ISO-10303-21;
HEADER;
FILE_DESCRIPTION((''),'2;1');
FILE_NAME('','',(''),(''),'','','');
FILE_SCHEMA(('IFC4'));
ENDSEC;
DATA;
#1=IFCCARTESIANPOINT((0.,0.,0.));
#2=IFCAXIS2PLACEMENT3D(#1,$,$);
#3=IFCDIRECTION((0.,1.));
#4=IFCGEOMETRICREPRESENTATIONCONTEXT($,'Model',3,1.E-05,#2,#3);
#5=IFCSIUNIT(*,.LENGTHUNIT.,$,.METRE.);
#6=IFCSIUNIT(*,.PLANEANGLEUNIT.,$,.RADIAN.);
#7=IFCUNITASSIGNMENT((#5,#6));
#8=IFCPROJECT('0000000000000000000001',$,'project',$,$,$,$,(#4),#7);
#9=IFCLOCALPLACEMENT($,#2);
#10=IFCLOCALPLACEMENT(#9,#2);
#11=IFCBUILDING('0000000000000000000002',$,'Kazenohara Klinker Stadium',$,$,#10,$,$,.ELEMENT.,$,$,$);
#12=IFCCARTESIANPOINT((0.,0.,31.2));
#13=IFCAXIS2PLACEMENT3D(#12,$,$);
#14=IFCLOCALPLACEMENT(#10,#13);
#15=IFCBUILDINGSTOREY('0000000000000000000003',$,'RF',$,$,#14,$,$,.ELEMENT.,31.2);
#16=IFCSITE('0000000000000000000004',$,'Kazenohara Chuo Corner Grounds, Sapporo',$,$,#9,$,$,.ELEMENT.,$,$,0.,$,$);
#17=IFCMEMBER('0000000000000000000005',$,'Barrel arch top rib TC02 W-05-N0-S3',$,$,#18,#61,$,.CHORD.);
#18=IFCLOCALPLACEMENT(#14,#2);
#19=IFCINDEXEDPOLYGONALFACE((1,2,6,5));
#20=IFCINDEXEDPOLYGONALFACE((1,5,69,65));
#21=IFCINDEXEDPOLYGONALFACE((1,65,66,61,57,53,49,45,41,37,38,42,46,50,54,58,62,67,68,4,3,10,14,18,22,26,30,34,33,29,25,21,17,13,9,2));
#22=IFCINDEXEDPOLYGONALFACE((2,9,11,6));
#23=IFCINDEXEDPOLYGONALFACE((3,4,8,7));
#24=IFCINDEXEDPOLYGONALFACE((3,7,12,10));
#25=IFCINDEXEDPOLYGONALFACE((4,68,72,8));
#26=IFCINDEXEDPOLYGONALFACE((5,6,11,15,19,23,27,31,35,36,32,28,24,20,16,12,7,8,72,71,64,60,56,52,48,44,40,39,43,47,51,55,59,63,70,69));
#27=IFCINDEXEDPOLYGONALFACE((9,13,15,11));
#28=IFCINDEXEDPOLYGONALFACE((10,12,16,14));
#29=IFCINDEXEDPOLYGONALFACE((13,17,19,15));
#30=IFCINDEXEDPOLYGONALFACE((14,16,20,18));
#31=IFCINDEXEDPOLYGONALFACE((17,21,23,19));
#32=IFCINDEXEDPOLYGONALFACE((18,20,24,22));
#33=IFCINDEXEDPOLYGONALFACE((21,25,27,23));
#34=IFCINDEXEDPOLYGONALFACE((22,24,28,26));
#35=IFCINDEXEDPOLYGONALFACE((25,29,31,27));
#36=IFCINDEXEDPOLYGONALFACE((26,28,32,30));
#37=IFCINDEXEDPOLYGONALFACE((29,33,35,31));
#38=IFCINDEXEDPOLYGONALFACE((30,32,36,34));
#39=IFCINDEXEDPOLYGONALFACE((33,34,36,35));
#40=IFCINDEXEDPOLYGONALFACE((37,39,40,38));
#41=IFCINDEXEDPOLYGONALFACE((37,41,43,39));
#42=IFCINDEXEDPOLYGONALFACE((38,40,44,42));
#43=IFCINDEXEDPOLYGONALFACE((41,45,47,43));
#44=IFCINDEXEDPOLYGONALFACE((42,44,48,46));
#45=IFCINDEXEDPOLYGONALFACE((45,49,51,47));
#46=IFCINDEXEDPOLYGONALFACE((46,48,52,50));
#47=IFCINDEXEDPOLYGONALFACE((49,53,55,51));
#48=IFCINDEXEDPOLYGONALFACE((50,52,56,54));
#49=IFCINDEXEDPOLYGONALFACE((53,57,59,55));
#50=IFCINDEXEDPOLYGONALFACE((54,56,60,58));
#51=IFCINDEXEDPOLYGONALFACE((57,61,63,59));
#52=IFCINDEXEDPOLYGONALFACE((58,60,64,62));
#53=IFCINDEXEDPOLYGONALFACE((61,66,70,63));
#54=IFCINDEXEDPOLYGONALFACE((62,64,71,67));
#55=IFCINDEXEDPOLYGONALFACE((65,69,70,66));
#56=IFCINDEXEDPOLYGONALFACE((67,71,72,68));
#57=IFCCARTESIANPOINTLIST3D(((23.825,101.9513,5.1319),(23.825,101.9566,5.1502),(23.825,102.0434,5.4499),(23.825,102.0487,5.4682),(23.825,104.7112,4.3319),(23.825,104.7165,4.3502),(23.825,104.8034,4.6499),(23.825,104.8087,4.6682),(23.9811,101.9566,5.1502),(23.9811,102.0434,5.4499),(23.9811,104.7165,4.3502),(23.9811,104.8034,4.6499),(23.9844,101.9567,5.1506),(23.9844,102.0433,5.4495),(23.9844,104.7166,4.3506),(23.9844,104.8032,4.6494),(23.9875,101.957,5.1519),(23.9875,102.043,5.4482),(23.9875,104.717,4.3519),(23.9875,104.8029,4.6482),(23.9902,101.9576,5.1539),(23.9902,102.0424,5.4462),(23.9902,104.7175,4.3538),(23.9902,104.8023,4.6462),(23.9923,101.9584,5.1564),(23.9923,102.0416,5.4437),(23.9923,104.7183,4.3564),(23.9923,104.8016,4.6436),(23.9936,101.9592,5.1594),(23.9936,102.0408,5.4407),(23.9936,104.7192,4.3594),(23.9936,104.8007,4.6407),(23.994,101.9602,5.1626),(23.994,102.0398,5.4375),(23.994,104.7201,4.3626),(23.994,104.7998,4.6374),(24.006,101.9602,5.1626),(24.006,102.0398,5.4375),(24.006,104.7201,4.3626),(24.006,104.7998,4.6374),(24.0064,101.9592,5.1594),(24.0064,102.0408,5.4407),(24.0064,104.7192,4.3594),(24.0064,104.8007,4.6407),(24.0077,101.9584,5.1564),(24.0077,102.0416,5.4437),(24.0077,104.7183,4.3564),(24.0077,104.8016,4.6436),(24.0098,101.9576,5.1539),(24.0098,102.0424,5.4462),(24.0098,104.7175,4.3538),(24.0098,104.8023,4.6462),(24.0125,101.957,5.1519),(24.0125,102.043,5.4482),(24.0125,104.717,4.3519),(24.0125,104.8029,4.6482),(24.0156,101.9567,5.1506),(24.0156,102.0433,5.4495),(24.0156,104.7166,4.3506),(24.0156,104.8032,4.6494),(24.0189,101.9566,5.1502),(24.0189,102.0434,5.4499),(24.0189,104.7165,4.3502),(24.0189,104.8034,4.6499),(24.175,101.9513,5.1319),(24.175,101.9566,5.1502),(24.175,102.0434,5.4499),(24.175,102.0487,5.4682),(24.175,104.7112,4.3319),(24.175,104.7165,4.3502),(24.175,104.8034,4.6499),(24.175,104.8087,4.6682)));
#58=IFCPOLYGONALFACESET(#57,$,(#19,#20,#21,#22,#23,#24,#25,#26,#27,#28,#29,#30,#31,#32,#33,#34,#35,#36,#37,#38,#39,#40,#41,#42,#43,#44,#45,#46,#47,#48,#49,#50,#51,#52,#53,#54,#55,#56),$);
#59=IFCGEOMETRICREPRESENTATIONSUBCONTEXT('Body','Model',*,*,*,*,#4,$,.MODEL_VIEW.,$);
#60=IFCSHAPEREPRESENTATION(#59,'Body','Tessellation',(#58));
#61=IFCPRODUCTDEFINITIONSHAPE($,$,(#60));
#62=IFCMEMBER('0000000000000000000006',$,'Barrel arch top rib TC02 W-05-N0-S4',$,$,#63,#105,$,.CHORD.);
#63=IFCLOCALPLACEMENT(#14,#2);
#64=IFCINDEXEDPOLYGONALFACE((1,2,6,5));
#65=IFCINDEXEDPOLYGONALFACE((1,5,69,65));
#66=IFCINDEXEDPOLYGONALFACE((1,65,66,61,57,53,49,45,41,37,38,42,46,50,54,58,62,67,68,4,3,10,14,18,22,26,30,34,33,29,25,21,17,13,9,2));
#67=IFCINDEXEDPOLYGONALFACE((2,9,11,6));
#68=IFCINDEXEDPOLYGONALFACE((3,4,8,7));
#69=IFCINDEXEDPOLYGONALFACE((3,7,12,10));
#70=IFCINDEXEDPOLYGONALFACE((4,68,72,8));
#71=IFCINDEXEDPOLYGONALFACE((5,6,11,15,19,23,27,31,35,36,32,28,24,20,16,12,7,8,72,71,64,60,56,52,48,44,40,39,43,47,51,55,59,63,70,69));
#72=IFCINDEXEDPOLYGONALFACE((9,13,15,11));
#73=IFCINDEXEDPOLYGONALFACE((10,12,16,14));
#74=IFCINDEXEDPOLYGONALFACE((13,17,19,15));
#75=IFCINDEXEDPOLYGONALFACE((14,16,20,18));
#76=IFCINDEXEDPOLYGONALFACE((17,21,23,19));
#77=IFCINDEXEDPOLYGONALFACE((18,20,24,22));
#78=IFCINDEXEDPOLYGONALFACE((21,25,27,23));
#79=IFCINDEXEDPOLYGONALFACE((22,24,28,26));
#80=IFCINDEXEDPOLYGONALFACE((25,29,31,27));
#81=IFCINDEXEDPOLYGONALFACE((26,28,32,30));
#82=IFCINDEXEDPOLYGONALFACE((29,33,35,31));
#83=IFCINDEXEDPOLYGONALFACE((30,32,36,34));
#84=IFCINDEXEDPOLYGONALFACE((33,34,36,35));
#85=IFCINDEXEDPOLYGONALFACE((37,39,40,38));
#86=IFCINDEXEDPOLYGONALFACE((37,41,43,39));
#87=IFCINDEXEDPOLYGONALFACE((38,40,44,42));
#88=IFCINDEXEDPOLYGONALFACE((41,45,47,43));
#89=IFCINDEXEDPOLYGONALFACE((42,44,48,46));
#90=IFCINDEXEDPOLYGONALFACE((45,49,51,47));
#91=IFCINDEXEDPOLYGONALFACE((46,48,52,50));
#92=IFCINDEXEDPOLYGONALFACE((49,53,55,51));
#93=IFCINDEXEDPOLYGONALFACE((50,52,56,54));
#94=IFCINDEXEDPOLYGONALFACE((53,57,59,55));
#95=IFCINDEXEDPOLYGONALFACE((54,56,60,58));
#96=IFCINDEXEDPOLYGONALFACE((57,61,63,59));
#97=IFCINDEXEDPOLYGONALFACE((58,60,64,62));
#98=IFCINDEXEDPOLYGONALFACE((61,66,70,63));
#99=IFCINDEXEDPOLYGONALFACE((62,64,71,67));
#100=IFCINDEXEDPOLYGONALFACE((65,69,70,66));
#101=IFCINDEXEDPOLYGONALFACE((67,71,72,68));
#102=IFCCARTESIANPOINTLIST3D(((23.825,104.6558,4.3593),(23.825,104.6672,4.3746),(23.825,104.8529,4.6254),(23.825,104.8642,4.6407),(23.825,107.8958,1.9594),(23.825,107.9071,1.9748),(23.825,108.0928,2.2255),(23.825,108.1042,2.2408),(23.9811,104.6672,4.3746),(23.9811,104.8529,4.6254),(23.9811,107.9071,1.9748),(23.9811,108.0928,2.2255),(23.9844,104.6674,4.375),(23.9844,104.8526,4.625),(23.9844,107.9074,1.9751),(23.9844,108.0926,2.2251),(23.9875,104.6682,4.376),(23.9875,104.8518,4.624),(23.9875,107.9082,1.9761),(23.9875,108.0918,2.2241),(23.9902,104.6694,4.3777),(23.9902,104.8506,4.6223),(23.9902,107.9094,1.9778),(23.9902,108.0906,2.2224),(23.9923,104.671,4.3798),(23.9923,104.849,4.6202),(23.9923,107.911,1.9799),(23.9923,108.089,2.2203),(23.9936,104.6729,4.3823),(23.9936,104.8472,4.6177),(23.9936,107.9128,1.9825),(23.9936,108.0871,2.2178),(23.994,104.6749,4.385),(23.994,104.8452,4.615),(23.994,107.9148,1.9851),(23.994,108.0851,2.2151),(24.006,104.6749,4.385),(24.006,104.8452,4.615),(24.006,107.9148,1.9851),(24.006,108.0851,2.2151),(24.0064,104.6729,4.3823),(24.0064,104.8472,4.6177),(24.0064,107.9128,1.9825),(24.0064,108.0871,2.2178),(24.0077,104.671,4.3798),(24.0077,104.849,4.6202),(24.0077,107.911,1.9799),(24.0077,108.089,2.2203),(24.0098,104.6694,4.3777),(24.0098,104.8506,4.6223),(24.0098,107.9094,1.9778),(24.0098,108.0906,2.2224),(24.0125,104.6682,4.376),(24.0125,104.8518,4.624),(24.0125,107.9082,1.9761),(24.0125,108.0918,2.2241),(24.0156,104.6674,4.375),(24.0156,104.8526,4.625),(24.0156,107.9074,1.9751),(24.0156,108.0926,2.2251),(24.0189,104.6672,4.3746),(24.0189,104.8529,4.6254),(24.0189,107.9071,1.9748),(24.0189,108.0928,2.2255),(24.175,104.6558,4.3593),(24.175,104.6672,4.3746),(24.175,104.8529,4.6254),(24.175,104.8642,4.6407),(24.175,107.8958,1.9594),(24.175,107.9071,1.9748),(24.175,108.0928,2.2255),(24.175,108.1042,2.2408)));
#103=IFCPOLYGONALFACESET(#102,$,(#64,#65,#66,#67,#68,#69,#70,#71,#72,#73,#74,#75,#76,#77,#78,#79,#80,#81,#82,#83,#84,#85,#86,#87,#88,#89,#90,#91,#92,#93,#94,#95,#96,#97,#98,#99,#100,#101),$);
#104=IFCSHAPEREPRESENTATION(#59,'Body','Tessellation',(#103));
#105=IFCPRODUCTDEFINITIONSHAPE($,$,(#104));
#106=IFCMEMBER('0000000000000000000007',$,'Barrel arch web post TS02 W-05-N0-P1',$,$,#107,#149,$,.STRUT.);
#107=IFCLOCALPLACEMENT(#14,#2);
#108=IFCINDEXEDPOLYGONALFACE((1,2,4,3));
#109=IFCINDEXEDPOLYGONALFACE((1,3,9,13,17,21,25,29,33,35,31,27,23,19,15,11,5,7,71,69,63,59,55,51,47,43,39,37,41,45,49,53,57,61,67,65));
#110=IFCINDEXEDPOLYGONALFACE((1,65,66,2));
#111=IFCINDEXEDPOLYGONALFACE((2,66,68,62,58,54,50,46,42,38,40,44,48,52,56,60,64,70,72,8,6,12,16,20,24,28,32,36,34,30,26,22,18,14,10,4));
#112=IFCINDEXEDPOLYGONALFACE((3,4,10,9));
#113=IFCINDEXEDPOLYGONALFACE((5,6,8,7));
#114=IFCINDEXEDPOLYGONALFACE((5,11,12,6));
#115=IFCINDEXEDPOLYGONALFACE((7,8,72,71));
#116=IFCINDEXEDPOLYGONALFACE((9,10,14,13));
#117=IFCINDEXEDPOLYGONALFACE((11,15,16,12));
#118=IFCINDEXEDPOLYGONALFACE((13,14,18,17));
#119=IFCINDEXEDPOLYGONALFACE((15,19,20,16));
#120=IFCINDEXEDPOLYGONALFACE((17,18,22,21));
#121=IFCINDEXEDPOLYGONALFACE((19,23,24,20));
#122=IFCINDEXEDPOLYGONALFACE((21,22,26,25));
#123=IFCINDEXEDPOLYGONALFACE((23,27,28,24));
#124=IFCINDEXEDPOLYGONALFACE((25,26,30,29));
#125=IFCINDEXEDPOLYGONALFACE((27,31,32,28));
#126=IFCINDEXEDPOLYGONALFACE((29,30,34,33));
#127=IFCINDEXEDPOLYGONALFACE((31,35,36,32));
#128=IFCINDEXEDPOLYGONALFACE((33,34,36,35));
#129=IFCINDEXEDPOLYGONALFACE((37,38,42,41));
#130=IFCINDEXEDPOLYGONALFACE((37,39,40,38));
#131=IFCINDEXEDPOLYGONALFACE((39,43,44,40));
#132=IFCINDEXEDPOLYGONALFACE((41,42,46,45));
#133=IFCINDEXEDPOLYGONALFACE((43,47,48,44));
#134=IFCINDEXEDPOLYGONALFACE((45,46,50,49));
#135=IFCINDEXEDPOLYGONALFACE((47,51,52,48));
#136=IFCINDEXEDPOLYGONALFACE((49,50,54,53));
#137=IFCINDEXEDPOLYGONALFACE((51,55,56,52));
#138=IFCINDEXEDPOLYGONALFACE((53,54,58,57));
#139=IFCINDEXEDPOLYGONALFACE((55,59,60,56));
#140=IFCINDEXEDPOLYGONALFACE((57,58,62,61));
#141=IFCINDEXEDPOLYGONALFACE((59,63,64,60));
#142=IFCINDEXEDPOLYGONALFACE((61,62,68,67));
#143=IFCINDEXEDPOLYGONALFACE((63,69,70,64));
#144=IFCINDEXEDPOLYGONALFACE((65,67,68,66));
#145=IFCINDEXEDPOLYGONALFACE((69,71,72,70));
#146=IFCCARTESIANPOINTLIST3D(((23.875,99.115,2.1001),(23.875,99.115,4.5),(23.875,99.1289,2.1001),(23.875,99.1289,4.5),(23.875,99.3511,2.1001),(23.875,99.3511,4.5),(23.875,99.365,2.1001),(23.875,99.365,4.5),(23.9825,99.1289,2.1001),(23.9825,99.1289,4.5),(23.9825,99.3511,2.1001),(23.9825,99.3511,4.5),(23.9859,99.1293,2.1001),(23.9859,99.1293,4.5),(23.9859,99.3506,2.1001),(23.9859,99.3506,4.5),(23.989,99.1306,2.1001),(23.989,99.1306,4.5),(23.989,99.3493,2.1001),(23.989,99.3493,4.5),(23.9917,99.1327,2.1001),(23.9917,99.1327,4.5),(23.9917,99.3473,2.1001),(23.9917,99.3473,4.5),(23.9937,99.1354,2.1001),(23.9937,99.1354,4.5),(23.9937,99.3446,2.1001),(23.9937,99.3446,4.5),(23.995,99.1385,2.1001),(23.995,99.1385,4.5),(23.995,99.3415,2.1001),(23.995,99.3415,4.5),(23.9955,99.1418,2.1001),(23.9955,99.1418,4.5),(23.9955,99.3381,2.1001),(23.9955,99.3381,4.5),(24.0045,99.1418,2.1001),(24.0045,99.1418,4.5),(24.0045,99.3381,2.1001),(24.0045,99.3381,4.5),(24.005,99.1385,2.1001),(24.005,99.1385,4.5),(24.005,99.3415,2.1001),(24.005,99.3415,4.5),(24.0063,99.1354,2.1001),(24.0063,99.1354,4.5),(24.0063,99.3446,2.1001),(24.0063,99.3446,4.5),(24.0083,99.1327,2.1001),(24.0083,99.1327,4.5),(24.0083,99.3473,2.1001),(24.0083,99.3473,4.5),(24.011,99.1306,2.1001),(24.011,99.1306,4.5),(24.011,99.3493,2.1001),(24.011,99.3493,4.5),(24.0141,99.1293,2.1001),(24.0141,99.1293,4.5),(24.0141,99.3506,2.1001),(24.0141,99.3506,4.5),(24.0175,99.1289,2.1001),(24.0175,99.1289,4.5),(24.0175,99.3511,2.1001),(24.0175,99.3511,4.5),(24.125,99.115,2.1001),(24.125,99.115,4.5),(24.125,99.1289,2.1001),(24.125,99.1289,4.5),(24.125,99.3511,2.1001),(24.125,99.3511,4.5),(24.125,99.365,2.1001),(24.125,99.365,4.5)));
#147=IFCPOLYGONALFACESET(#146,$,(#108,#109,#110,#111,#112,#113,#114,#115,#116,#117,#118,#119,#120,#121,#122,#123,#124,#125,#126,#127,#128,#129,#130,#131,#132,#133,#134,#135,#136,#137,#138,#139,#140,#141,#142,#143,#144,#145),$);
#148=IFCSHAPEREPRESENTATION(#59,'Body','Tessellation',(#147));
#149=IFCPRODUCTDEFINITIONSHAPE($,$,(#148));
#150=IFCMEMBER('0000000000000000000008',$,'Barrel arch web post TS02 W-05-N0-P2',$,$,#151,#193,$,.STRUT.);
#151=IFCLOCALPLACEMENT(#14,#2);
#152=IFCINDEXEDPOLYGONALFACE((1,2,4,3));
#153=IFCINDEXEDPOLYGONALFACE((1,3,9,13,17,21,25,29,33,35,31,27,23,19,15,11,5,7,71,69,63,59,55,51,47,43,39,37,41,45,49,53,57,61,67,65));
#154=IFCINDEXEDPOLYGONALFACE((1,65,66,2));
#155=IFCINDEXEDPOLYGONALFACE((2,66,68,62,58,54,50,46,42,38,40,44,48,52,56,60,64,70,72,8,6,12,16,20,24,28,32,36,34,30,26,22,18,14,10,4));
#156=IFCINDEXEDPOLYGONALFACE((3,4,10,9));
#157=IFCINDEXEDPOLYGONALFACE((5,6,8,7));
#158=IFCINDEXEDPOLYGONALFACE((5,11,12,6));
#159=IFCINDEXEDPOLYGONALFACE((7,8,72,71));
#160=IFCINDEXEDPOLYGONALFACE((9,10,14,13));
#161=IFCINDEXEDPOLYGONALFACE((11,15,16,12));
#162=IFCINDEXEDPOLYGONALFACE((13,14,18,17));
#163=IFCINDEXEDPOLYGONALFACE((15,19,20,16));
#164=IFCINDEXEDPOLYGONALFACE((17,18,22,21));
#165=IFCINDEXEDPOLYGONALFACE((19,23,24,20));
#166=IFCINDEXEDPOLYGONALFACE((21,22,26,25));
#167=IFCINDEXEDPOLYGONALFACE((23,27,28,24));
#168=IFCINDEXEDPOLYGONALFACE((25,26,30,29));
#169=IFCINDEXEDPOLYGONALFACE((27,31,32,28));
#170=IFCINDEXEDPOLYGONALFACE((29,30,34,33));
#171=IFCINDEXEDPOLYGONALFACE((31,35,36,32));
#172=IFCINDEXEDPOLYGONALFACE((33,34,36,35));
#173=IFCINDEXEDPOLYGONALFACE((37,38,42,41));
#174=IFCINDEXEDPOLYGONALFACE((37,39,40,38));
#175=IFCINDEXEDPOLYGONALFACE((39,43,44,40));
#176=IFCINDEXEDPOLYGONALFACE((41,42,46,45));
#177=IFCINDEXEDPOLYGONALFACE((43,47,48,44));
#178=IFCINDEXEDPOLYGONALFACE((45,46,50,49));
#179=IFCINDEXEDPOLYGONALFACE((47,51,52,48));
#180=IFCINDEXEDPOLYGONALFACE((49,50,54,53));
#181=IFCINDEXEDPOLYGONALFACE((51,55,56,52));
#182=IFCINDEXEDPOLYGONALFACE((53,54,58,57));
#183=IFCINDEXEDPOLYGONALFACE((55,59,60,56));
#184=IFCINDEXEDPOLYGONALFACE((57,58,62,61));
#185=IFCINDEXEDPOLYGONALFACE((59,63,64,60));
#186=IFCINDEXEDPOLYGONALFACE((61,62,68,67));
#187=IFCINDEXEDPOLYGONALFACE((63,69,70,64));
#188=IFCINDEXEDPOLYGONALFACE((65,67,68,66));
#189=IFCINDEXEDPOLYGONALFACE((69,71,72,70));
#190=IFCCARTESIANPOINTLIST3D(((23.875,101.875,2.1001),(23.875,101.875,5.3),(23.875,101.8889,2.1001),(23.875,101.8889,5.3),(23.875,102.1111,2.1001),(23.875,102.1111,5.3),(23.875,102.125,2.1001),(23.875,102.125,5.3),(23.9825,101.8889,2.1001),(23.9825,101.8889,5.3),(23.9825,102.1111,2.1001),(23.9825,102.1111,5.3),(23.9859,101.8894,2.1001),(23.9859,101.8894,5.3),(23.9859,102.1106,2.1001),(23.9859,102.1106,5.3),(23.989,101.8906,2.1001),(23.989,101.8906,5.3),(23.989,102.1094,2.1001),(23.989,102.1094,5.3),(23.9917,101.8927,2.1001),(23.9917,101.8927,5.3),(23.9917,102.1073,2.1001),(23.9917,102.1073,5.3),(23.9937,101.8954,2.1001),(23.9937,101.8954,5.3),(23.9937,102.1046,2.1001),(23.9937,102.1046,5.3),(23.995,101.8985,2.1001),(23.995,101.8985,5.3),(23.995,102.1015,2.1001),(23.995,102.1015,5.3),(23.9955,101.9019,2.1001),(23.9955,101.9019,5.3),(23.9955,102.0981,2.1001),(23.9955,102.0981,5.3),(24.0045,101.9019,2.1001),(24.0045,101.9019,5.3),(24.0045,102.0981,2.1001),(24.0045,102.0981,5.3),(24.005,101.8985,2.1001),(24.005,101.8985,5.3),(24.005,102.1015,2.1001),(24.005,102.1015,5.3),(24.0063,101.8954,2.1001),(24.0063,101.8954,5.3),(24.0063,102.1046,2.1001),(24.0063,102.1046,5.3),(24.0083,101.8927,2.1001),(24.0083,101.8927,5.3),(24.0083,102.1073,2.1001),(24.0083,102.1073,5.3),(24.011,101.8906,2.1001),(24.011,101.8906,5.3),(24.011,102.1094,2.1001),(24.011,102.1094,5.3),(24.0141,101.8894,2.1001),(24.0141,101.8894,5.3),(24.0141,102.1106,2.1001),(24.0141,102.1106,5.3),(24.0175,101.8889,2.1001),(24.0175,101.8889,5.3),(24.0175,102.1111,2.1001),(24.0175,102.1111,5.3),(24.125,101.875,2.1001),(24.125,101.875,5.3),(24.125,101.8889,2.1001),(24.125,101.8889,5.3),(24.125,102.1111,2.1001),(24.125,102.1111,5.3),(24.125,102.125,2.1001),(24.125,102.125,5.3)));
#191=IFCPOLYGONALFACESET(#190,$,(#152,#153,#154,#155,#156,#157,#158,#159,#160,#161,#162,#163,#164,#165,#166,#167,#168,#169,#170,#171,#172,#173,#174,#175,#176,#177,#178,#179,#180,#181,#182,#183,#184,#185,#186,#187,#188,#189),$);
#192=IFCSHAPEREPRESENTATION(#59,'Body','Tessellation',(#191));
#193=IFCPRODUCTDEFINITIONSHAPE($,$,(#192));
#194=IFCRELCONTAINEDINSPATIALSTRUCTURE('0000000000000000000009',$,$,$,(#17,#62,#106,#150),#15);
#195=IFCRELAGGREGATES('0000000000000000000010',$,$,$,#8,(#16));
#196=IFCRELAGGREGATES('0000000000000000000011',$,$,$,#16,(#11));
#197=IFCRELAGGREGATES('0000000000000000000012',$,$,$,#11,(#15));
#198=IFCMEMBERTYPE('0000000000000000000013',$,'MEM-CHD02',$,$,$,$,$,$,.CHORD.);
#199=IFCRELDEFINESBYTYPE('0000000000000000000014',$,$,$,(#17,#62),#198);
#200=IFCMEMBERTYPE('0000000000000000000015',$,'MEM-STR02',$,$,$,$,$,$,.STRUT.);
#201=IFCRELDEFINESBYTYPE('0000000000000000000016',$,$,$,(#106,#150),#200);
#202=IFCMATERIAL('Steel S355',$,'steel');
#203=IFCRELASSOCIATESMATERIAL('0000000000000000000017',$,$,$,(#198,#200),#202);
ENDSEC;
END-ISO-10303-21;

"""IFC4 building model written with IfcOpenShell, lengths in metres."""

from ifc_helpers import new_model, si_unit, direction, frame, origin, origin_2d, place, context, subcontext, project, spatial, i_section, extrude, material, material_profile, profile_set, type_object, element, save


model = new_model("IFC4")

# Units and contexts
model_context = context("Model", 3, precision=1e-05, world=origin(), true_north=direction((0.0, 1.0)))
body_context = subcontext(model_context, "Body", "Model", "MODEL_VIEW")
ifc_project = project(units=[si_unit("LENGTHUNIT", "METRE"), si_unit("PLANEANGLEUNIT", "RADIAN")], contexts=[model_context])

# Site, building, storey
site_placement = place(None, origin())
site = spatial("IfcSite", under=ifc_project, at=site_placement, Name="Kazenohara Chuo Corner Grounds, Sapporo", CompositionType="ELEMENT", RefElevation=0.0)
building_placement = place(site_placement, origin())
building = spatial("IfcBuilding", under=site, at=building_placement, Name="Kazenohara Klinker Stadium", CompositionType="ELEMENT")
storey_placement = place(building_placement, frame((0.0, 0.0, 31.2)))
storey = spatial("IfcBuildingStorey", under=building, at=storey_placement, Name="RF", CompositionType="ELEMENT", Elevation=31.2)

# Members
ifc_material_1 = material(Name="Steel S355", Category="steel")
ifc_material_profile_1 = material_profile(ifc_material_1, i_section(OverallWidth=0.3501, OverallDepth=0.3501, WebThickness=0.012, FlangeThickness=0.019, FilletRadius=0.0129, at=origin_2d()), Name="H-350x350x12x19")
ifc_profile_set_1 = profile_set([ifc_material_profile_1], Name="Steel S355")
member_type_1 = type_object("IfcMemberType", Name="MEM-CHD02", PredefinedType="CHORD", material=ifc_profile_set_1)
for number, where, z_axis, x_axis, name in (
    (1, (24.0, 102.0, 5.3), (0.0, 0.960462, -0.278411), (-1.0, 0.0, 0.0), "Barrel arch top rib TC02 W-05-N0-S3"),
):
    element("IfcMember", number, at=place(storey_placement, frame(where, z_axis=z_axis, x_axis=x_axis)), inside=storey, type_object=member_type_1, Name=name, PredefinedType="CHORD", context=body_context, shape_type="SweptSolid", body=[
        extrude(i_section(OverallWidth=0.3501, OverallDepth=0.3501, WebThickness=0.012, FlangeThickness=0.019, FilletRadius=0.0129, at=origin_2d()), origin(), (0.0, 0.0, 1.0), 2.8735),
    ])
member_1_placement = place(storey_placement, frame((24.0, 104.76, 4.5), z_axis=(0.0, 0.803568, -0.595213), x_axis=(-1.0, 0.0, 0.0)))
element("IfcMember", 2, at=member_1_placement, inside=storey, type_object=member_type_1, Name="Barrel arch top rib TC02 W-05-N0-S4", PredefinedType="CHORD", context=body_context, shape_type="SweptSolid", body=[
    extrude(i_section(OverallWidth=0.3501, OverallDepth=0.3501, WebThickness=0.012, FlangeThickness=0.019, FilletRadius=0.0129, at=origin_2d()), origin(), (0.0, 0.0, 1.0), 4.032),
])
ifc_material_profile_2 = material_profile(ifc_material_1, i_section(OverallWidth=0.25, OverallDepth=0.25, WebThickness=0.009, FlangeThickness=0.0139, FilletRadius=0.0129, at=origin_2d()), Name="H-250x250x9x14")
ifc_profile_set_2 = profile_set([ifc_material_profile_2], Name="Steel S355")
member_type_2 = type_object("IfcMemberType", Name="MEM-STR02", PredefinedType="STRUT", material=ifc_profile_set_2)
member_2_placement = place(storey_placement, frame((24.0, 99.24, 2.1001), z_axis=(0.0, 0.0, 1.0), x_axis=(1.0, 0.0, 0.0)))
element("IfcMember", 3, at=member_2_placement, inside=storey, type_object=member_type_2, Name="Barrel arch web post TS02 W-05-N0-P1", PredefinedType="STRUT", context=body_context, shape_type="SweptSolid", body=[
    extrude(i_section(OverallWidth=0.25, OverallDepth=0.25, WebThickness=0.009, FlangeThickness=0.0139, FilletRadius=0.0129, at=origin_2d()), origin(), (0.0, 0.0, 1.0), 2.3999),
])
member_3_placement = place(storey_placement, frame((24.0, 102.0, 2.1001), z_axis=(0.0, 0.0, 1.0), x_axis=(1.0, 0.0, 0.0)))
element("IfcMember", 4, at=member_3_placement, inside=storey, type_object=member_type_2, Name="Barrel arch web post TS02 W-05-N0-P2", PredefinedType="STRUT", context=body_context, shape_type="SweptSolid", body=[
    extrude(i_section(OverallWidth=0.25, OverallDepth=0.25, WebThickness=0.009, FlangeThickness=0.0139, FilletRadius=0.0129, at=origin_2d()), origin(), (0.0, 0.0, 1.0), 3.2),
])

save(model, "model.ifc")
